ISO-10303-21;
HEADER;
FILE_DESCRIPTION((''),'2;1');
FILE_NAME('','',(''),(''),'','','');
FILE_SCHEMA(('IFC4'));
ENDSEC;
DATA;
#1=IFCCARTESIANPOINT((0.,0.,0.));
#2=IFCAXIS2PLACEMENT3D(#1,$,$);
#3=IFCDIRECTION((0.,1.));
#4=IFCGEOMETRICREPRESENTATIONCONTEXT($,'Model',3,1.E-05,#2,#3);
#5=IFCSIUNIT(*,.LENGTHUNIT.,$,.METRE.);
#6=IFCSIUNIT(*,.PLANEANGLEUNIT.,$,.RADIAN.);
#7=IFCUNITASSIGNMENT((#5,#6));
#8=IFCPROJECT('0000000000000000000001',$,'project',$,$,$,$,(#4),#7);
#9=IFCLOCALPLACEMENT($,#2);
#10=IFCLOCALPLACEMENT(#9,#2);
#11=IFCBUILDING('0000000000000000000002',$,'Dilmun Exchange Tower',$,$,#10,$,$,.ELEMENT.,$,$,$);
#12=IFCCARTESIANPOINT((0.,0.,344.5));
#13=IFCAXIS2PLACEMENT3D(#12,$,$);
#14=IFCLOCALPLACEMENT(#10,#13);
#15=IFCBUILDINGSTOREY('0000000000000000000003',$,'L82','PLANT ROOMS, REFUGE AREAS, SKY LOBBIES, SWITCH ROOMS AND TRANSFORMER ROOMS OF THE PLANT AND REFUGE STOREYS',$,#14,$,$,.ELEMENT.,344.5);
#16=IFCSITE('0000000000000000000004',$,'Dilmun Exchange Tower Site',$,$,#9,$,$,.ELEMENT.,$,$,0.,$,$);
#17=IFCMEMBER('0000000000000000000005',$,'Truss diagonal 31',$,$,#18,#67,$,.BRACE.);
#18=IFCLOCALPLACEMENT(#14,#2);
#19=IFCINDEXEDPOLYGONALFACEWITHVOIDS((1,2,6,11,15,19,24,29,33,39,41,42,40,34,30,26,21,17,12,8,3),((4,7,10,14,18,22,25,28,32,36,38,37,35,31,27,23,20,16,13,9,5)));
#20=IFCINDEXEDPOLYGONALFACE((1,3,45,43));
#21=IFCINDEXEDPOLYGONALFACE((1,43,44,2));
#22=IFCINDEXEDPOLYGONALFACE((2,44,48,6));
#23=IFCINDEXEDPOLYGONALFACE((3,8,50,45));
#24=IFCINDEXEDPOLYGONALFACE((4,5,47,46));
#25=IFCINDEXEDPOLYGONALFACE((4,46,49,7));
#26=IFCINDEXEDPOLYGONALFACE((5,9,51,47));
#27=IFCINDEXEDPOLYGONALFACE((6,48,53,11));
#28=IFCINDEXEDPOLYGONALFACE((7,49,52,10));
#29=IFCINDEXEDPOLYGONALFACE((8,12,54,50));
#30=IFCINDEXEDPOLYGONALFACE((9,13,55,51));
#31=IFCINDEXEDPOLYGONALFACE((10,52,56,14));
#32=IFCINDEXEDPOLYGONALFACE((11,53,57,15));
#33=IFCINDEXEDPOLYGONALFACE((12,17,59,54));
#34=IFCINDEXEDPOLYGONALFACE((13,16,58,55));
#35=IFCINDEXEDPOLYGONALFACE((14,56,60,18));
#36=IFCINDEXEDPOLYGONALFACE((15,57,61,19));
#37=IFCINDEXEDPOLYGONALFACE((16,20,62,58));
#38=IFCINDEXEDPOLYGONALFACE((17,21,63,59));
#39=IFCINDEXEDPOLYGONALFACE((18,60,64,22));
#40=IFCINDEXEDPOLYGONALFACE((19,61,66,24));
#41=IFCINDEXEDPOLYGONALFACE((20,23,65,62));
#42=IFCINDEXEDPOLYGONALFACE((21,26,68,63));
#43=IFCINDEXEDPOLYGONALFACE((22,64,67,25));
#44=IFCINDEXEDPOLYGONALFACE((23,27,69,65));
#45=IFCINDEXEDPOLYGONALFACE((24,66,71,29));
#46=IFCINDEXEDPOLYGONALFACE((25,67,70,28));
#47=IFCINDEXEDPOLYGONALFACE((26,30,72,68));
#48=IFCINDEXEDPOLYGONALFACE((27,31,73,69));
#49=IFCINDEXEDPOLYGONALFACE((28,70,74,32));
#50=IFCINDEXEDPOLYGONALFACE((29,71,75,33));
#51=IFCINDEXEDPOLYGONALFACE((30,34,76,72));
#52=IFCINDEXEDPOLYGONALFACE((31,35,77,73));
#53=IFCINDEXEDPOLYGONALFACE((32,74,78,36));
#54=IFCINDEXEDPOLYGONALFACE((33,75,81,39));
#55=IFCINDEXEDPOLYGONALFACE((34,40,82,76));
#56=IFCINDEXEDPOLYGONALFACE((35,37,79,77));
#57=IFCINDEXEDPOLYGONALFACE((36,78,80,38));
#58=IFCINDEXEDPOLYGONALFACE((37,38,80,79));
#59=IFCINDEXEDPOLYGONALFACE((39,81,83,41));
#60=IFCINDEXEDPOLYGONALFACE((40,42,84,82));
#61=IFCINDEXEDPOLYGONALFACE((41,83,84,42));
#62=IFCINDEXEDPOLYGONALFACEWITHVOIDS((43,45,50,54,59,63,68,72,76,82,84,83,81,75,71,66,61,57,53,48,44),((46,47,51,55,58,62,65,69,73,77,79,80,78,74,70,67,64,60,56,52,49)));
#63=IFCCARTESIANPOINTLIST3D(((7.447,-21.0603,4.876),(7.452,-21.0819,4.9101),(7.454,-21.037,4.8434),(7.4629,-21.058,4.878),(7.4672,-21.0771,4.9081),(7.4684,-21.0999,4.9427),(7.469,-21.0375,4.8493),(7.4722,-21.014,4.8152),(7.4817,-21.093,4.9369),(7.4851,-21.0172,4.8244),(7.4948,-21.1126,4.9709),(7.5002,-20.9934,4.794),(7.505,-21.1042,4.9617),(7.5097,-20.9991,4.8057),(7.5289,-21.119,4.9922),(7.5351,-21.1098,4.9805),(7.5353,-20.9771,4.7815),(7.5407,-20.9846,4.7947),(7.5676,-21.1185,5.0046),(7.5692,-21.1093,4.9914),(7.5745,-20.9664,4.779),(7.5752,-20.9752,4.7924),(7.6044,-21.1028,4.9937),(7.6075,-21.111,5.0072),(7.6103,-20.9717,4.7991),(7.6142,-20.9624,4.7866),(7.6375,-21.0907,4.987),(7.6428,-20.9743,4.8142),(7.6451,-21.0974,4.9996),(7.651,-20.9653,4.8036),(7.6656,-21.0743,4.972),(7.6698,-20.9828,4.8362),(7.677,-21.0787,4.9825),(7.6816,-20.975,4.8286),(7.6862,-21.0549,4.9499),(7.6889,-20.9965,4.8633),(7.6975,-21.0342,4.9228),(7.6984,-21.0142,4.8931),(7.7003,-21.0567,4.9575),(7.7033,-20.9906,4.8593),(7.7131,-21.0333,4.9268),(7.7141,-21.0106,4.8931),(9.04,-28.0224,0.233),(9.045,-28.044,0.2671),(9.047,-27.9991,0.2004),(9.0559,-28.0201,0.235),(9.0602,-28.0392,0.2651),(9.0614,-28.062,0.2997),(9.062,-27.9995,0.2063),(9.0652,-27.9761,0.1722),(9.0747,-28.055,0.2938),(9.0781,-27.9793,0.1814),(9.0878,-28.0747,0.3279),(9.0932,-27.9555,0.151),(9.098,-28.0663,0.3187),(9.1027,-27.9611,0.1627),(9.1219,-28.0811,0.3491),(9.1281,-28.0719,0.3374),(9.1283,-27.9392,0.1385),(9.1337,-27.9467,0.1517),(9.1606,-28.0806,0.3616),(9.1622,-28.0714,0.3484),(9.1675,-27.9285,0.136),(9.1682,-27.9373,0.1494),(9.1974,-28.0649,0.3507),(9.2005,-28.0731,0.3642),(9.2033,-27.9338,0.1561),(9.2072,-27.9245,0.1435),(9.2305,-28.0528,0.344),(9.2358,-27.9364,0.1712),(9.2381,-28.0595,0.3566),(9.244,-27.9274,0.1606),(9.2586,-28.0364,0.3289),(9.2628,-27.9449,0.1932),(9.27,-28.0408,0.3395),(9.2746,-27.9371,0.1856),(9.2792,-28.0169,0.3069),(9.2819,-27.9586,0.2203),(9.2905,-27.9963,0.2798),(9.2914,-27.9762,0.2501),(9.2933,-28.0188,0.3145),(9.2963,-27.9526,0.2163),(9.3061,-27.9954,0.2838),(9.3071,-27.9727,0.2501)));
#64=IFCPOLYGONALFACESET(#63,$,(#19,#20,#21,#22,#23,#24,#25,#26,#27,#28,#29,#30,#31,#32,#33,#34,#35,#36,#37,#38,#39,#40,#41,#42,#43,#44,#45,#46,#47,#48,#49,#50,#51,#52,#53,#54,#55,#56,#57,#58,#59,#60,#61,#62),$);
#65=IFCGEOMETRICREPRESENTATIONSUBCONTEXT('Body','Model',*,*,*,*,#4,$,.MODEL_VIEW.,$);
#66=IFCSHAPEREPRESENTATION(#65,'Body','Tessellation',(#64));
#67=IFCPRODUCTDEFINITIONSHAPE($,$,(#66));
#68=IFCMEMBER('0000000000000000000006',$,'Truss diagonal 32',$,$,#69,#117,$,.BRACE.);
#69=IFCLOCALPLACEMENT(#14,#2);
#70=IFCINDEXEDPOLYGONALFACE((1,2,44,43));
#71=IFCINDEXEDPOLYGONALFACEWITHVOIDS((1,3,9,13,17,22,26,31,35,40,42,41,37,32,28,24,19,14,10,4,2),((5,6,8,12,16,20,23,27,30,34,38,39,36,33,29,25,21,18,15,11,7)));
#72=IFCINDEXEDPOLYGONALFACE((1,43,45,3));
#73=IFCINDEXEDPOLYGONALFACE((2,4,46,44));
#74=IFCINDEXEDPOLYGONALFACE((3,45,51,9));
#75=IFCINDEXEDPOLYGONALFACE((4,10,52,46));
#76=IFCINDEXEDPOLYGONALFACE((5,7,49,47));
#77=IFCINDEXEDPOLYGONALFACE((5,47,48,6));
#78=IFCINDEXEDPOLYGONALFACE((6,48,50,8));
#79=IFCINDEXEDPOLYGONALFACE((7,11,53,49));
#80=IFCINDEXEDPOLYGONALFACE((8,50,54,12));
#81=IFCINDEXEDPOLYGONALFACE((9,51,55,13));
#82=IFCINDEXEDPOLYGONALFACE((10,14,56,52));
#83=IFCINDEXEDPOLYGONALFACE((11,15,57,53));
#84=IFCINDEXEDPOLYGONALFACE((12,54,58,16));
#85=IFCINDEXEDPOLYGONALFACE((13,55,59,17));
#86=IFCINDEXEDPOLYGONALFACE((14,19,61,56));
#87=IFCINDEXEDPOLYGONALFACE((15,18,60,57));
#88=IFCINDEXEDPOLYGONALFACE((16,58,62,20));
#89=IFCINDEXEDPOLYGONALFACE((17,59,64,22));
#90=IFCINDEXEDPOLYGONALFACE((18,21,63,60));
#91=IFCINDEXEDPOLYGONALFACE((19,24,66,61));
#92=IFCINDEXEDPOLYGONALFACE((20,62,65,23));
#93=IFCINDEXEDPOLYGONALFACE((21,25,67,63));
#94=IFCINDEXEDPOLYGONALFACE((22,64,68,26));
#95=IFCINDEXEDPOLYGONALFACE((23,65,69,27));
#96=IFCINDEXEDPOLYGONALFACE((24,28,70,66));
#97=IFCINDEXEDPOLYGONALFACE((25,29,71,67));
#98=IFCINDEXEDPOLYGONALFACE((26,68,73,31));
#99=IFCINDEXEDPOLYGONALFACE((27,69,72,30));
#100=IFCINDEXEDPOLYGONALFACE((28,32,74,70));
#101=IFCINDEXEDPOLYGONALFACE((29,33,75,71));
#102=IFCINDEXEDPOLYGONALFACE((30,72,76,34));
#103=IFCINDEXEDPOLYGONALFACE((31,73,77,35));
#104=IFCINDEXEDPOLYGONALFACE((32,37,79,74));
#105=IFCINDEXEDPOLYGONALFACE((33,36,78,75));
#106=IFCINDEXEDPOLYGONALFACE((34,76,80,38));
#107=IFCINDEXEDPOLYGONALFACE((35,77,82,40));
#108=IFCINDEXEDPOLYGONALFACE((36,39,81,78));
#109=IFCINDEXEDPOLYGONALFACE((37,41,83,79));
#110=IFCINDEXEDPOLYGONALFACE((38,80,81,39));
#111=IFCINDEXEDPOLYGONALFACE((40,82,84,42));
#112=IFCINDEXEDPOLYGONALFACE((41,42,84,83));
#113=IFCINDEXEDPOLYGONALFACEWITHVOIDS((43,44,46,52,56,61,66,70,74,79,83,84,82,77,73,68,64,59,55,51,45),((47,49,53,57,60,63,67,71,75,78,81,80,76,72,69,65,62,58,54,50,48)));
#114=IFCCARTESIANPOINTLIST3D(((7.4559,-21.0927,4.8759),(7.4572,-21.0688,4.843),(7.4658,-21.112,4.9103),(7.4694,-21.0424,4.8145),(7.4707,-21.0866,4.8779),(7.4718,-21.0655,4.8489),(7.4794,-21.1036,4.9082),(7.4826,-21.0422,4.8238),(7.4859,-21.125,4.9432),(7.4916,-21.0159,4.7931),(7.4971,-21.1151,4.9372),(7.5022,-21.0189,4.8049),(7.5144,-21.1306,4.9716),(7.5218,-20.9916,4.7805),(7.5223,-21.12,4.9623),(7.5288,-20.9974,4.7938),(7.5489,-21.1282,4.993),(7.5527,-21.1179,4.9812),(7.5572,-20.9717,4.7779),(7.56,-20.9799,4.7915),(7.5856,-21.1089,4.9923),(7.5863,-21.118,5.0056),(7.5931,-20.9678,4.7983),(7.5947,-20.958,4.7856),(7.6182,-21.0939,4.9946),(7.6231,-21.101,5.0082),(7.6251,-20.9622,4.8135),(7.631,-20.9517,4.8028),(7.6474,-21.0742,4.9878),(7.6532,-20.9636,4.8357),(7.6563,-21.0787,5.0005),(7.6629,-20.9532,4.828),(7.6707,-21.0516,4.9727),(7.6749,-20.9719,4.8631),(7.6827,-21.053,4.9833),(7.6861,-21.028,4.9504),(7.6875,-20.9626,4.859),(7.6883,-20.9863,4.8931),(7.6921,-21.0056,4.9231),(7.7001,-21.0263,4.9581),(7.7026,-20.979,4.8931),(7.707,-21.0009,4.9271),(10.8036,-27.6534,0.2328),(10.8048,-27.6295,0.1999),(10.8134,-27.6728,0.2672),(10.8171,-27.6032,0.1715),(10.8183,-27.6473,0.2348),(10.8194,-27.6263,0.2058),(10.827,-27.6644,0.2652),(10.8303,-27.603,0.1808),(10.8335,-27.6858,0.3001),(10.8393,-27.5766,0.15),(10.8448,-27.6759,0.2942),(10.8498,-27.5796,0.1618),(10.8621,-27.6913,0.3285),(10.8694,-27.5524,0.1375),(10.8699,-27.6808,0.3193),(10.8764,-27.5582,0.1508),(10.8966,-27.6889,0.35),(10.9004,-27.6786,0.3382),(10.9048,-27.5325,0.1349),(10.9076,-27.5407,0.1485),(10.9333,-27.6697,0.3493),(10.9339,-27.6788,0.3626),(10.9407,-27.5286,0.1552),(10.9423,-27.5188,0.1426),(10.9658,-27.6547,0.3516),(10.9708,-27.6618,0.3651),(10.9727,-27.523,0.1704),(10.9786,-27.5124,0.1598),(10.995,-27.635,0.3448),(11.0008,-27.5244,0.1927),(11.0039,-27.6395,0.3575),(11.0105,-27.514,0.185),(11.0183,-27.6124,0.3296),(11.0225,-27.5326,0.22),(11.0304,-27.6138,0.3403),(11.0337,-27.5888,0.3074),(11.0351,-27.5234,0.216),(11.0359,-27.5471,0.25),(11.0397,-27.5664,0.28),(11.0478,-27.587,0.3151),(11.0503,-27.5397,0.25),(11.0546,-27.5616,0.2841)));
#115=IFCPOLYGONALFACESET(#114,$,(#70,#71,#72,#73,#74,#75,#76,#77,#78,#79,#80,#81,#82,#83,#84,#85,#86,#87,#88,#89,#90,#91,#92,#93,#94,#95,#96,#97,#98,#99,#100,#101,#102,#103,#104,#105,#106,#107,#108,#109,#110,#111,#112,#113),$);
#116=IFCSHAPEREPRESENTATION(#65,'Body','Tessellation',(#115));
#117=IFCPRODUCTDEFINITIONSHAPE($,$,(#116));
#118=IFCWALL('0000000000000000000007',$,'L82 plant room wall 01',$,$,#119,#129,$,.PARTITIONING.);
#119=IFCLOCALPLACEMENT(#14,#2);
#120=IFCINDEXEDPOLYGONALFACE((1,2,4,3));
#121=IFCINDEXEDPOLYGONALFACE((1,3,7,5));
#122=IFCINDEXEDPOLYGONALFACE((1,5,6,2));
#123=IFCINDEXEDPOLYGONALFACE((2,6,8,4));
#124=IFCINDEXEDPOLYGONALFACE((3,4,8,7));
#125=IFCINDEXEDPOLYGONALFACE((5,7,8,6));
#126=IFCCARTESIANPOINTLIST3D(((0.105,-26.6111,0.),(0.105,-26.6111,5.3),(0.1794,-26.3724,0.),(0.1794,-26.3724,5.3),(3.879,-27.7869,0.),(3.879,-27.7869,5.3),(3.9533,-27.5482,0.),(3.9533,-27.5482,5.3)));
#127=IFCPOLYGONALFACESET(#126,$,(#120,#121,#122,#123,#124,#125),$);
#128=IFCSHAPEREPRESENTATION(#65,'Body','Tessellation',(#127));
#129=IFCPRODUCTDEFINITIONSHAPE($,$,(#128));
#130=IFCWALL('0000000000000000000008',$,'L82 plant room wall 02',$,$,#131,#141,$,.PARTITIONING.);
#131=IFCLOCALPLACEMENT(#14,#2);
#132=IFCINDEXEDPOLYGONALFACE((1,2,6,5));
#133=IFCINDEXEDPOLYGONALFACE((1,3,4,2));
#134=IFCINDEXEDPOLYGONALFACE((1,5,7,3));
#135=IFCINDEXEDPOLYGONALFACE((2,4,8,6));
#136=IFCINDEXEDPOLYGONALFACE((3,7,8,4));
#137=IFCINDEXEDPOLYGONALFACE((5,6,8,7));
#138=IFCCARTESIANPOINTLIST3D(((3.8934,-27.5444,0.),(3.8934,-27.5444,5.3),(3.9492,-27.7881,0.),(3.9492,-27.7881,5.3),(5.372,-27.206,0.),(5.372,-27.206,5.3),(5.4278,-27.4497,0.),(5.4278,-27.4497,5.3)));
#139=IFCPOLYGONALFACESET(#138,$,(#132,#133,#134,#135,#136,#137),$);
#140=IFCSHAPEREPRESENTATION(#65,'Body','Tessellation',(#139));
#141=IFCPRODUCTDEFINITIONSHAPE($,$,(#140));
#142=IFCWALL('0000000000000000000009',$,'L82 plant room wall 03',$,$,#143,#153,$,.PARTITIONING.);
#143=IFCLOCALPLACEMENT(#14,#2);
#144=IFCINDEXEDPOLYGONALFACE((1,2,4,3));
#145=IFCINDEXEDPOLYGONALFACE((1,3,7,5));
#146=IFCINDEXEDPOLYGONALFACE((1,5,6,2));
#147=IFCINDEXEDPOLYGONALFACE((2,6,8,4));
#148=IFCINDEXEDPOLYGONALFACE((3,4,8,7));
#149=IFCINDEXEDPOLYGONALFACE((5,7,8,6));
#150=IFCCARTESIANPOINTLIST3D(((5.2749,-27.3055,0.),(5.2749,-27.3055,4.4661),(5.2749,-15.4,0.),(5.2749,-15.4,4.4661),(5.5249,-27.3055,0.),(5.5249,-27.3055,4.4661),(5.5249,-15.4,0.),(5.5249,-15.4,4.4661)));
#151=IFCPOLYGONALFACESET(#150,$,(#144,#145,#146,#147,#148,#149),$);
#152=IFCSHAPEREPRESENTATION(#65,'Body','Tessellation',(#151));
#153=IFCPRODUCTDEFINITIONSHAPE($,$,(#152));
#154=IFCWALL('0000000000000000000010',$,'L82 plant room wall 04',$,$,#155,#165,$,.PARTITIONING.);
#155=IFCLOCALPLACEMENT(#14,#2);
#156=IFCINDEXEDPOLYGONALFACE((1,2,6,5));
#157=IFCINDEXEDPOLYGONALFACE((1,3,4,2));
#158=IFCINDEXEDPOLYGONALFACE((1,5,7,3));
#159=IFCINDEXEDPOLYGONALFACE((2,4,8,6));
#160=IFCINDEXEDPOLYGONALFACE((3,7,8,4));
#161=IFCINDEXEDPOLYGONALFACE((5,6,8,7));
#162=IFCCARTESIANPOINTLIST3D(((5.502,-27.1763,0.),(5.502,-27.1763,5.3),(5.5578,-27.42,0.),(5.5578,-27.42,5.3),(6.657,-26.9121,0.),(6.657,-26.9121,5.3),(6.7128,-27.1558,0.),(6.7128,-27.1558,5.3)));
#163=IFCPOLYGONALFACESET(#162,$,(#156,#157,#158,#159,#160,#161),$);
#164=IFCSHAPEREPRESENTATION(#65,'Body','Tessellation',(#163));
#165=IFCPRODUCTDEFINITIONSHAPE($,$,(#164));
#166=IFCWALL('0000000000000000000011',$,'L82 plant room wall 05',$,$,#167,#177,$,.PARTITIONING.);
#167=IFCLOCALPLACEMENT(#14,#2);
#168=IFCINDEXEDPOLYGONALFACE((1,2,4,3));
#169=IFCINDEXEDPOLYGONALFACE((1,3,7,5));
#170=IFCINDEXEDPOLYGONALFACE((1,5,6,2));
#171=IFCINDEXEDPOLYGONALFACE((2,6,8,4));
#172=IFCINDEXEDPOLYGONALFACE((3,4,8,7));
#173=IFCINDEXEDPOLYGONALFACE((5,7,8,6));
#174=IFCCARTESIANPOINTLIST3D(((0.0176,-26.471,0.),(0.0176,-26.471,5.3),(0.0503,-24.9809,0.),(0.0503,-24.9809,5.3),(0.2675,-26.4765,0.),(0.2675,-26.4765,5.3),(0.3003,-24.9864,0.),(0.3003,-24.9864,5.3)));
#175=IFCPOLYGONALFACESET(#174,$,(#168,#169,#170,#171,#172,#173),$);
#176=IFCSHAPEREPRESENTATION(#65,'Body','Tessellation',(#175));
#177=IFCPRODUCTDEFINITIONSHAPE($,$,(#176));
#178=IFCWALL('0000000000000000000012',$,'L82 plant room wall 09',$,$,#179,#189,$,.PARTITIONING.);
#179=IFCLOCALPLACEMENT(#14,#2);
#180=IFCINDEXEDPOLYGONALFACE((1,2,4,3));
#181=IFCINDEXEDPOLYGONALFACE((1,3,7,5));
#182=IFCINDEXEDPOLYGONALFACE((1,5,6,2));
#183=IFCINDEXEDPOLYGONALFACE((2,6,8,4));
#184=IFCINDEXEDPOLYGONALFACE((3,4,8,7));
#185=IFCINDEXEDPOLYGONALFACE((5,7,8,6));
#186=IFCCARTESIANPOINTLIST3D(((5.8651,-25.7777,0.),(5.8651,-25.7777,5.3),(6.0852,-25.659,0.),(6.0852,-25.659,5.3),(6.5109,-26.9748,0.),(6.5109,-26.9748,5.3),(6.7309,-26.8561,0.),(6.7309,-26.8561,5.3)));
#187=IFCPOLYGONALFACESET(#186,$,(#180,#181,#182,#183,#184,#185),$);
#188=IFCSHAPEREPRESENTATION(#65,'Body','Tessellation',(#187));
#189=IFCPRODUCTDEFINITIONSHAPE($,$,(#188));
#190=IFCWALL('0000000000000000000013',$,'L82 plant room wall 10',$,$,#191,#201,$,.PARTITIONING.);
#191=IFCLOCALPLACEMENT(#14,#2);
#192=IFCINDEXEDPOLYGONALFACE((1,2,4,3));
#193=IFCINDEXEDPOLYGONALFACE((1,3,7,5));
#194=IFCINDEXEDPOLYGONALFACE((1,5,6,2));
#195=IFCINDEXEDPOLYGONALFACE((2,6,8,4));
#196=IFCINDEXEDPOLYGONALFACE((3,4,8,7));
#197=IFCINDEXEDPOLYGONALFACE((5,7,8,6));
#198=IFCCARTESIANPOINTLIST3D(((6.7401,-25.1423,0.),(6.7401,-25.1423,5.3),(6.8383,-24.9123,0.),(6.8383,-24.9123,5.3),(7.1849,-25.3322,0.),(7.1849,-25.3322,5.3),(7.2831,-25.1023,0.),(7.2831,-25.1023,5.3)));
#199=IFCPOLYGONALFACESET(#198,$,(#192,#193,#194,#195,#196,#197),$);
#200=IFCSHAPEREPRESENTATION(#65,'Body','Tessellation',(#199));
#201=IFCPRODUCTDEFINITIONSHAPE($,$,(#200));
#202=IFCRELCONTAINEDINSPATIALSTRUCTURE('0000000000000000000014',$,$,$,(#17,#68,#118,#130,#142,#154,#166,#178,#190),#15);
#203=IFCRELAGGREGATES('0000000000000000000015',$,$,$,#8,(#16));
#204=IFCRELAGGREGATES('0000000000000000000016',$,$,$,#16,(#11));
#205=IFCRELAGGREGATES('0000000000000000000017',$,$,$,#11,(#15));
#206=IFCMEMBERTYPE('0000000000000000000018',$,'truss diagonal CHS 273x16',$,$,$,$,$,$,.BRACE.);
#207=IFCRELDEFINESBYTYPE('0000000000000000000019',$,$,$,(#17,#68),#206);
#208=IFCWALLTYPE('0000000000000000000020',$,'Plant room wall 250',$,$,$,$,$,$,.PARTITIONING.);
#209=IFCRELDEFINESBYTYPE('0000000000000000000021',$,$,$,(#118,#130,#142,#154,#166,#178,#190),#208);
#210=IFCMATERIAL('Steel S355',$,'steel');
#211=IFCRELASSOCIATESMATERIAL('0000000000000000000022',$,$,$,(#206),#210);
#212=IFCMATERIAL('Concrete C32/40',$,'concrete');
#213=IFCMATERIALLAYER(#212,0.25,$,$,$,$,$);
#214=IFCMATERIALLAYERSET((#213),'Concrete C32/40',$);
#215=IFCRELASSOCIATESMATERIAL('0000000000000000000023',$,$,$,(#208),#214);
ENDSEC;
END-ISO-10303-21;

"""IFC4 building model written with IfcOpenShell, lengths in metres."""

from ifc_helpers import new_model, si_unit, direction, frame, frame_2d, origin, origin_2d, place, context, subcontext, project, spatial, rectangle, hollow_circle, extrude, material, layer, layer_set, material_profile, profile_set, type_object, element, save


model = new_model("IFC4")

# Units and contexts
model_context = context("Model", 3, precision=1e-05, world=origin(), true_north=direction((0.0, 1.0)))
body_context = subcontext(model_context, "Body", "Model", "MODEL_VIEW")
ifc_project = project(units=[si_unit("LENGTHUNIT", "METRE"), si_unit("PLANEANGLEUNIT", "RADIAN")], contexts=[model_context])

# Site, building, storey
site_placement = place(None, origin())
site = spatial("IfcSite", under=ifc_project, at=site_placement, Name="Dilmun Exchange Tower Site", CompositionType="ELEMENT", RefElevation=0.0)
building_placement = place(site_placement, origin())
building = spatial("IfcBuilding", under=site, at=building_placement, Name="Dilmun Exchange Tower", CompositionType="ELEMENT")
storey_placement = place(building_placement, frame((0.0, 0.0, 344.5)))
storey = spatial("IfcBuildingStorey", under=building, at=storey_placement, Name="L82", Description="PLANT ROOMS, REFUGE AREAS, SKY LOBBIES, SWITCH ROOMS AND TRANSFORMER ROOMS OF THE PLANT AND REFUGE STOREYS", CompositionType="ELEMENT", Elevation=344.5)

# Shared definitions
ifc_material_1 = material(Name="Steel S355", Category="steel")

# Members
ifc_material_profile_1 = material_profile(ifc_material_1, hollow_circle(Radius=0.1365, WallThickness=0.0161, at=origin_2d()), Name="CHS 273x16")
ifc_profile_set_1 = profile_set([ifc_material_profile_1], Name="Steel S355")
member_type = type_object("IfcMemberType", Name="truss diagonal CHS 273x16", PredefinedType="BRACE", material=ifc_profile_set_1)
member_1_placement = place(storey_placement, frame((7.5811, -21.041, 4.8931), z_axis=(0.187003, -0.817284, -0.545047), x_axis=(0.974808, 0.223047, 0.0)))
element("IfcMember", 1, at=member_1_placement, inside=storey, type_object=member_type, Name="Truss diagonal 31", PredefinedType="BRACE", context=body_context, shape_type="SweptSolid", body=[
    extrude(hollow_circle(Radius=0.1365, WallThickness=0.0161, at=origin_2d()), origin(), (0.0, 0.0, 1.0), 8.5186),
])
member_2_placement = place(storey_placement, frame((7.5811, -21.041, 4.8931), z_axis=(0.384486, -0.753523, -0.533267), x_axis=(0.890745, 0.454504, 0.0)))
element("IfcMember", 2, at=member_2_placement, inside=storey, type_object=member_type, Name="Truss diagonal 32", PredefinedType="BRACE", context=body_context, shape_type="SweptSolid", body=[
    extrude(hollow_circle(Radius=0.1365, WallThickness=0.0161, at=origin_2d()), origin(), (0.0, 0.0, 1.0), 8.7068),
])

# Walls
ifc_material_2 = material(Name="Concrete C32/40", Category="concrete")
ifc_layer_1 = layer(ifc_material_2, 0.25)
ifc_layer_set_1 = layer_set([ifc_layer_1], Name="Concrete C32/40")
wall_type = type_object("IfcWallType", Name="Plant room wall 250", PredefinedType="PARTITIONING", material=ifc_layer_set_1)
wall_1_placement = place(storey_placement, frame((0.1421, -26.4917, 0.0), z_axis=(0.0, 0.0, 1.0), x_axis=(0.954737, -0.297452, 0.0)))
element("IfcWall", 3, at=wall_1_placement, inside=storey, type_object=wall_type, Name="L82 plant room wall 01", PredefinedType="PARTITIONING", context=body_context, shape_type="SweptSolid", body=[
    extrude(rectangle(XDim=3.9529, YDim=0.25, at=frame_2d((1.9766, 0.0))), origin(), (0.0, 0.0, 1.0), 5.3),
])
wall_2_placement = place(storey_placement, frame((3.9214, -27.6663, 0.0), z_axis=(0.0, 0.0, 1.0), x_axis=(0.974797, 0.223096, 0.0)))
element("IfcWall", 4, at=wall_2_placement, inside=storey, type_object=wall_type, Name="L82 plant room wall 02", PredefinedType="PARTITIONING", context=body_context, shape_type="SweptSolid", body=[
    extrude(rectangle(XDim=1.5168, YDim=0.25, at=frame_2d((0.7583, 0.0))), origin(), (0.0, 0.0, 1.0), 5.3),
])
wall_3_placement = place(storey_placement, frame((5.3999, -27.3054, 0.0), z_axis=(0.0, 0.0, 1.0), x_axis=(0.0, 1.0, 0.0)))
element("IfcWall", 5, at=wall_3_placement, inside=storey, type_object=wall_type, Name="L82 plant room wall 03", PredefinedType="PARTITIONING", context=body_context, shape_type="SweptSolid", body=[
    extrude(rectangle(XDim=11.9055, YDim=0.25, at=frame_2d((5.9526, 0.0))), origin(), (0.0, 0.0, 1.0), 4.4661),
])
wall_4_placement = place(storey_placement, frame((5.53, -27.2981, 0.0), z_axis=(0.0, 0.0, 1.0), x_axis=(0.97483, 0.222948, 0.0)))
element("IfcWall", 6, at=wall_4_placement, inside=storey, type_object=wall_type, Name="L82 plant room wall 04", PredefinedType="PARTITIONING", context=body_context, shape_type="SweptSolid", body=[
    extrude(rectangle(XDim=1.1848, YDim=0.25, at=frame_2d((0.5923, 0.0))), origin(), (0.0, 0.0, 1.0), 5.3),
])
wall_5_placement = place(storey_placement, frame((0.1426, -26.4736, 0.0), z_axis=(0.0, 0.0, 1.0), x_axis=(0.021948, 0.999759, 0.0)))
element("IfcWall", 7, at=wall_5_placement, inside=storey, type_object=wall_type, Name="L82 plant room wall 05", PredefinedType="PARTITIONING", context=body_context, shape_type="SweptSolid", body=[
    extrude(rectangle(XDim=1.4905, YDim=0.25, at=frame_2d((0.7451, 0.0))), origin(), (0.0, 0.0, 1.0), 5.3),
])
wall_6_placement = place(storey_placement, frame((5.9751, -25.7183, 0.0), z_axis=(0.0, 0.0, 1.0), x_axis=(0.474785, -0.880102, 0.0)))
element("IfcWall", 8, at=wall_6_placement, inside=storey, type_object=wall_type, Name="L82 plant room wall 09", PredefinedType="PARTITIONING", context=body_context, shape_type="SweptSolid", body=[
    extrude(rectangle(XDim=1.3601, YDim=0.25, at=frame_2d((0.6802, 0.0))), origin(), (0.0, 0.0, 1.0), 5.3),
])
wall_7_placement = place(storey_placement, frame((6.7893, -25.0273, 0.0), z_axis=(0.0, 0.0, 1.0), x_axis=(0.919666, -0.392701, 0.0)))
element("IfcWall", 9, at=wall_7_placement, inside=storey, type_object=wall_type, Name="L82 plant room wall 10", PredefinedType="PARTITIONING", context=body_context, shape_type="SweptSolid", body=[
    extrude(rectangle(XDim=0.4836, YDim=0.25, at=frame_2d((0.2417, 0.0))), origin(), (0.0, 0.0, 1.0), 5.3),
])

save(model, "model.ifc")
